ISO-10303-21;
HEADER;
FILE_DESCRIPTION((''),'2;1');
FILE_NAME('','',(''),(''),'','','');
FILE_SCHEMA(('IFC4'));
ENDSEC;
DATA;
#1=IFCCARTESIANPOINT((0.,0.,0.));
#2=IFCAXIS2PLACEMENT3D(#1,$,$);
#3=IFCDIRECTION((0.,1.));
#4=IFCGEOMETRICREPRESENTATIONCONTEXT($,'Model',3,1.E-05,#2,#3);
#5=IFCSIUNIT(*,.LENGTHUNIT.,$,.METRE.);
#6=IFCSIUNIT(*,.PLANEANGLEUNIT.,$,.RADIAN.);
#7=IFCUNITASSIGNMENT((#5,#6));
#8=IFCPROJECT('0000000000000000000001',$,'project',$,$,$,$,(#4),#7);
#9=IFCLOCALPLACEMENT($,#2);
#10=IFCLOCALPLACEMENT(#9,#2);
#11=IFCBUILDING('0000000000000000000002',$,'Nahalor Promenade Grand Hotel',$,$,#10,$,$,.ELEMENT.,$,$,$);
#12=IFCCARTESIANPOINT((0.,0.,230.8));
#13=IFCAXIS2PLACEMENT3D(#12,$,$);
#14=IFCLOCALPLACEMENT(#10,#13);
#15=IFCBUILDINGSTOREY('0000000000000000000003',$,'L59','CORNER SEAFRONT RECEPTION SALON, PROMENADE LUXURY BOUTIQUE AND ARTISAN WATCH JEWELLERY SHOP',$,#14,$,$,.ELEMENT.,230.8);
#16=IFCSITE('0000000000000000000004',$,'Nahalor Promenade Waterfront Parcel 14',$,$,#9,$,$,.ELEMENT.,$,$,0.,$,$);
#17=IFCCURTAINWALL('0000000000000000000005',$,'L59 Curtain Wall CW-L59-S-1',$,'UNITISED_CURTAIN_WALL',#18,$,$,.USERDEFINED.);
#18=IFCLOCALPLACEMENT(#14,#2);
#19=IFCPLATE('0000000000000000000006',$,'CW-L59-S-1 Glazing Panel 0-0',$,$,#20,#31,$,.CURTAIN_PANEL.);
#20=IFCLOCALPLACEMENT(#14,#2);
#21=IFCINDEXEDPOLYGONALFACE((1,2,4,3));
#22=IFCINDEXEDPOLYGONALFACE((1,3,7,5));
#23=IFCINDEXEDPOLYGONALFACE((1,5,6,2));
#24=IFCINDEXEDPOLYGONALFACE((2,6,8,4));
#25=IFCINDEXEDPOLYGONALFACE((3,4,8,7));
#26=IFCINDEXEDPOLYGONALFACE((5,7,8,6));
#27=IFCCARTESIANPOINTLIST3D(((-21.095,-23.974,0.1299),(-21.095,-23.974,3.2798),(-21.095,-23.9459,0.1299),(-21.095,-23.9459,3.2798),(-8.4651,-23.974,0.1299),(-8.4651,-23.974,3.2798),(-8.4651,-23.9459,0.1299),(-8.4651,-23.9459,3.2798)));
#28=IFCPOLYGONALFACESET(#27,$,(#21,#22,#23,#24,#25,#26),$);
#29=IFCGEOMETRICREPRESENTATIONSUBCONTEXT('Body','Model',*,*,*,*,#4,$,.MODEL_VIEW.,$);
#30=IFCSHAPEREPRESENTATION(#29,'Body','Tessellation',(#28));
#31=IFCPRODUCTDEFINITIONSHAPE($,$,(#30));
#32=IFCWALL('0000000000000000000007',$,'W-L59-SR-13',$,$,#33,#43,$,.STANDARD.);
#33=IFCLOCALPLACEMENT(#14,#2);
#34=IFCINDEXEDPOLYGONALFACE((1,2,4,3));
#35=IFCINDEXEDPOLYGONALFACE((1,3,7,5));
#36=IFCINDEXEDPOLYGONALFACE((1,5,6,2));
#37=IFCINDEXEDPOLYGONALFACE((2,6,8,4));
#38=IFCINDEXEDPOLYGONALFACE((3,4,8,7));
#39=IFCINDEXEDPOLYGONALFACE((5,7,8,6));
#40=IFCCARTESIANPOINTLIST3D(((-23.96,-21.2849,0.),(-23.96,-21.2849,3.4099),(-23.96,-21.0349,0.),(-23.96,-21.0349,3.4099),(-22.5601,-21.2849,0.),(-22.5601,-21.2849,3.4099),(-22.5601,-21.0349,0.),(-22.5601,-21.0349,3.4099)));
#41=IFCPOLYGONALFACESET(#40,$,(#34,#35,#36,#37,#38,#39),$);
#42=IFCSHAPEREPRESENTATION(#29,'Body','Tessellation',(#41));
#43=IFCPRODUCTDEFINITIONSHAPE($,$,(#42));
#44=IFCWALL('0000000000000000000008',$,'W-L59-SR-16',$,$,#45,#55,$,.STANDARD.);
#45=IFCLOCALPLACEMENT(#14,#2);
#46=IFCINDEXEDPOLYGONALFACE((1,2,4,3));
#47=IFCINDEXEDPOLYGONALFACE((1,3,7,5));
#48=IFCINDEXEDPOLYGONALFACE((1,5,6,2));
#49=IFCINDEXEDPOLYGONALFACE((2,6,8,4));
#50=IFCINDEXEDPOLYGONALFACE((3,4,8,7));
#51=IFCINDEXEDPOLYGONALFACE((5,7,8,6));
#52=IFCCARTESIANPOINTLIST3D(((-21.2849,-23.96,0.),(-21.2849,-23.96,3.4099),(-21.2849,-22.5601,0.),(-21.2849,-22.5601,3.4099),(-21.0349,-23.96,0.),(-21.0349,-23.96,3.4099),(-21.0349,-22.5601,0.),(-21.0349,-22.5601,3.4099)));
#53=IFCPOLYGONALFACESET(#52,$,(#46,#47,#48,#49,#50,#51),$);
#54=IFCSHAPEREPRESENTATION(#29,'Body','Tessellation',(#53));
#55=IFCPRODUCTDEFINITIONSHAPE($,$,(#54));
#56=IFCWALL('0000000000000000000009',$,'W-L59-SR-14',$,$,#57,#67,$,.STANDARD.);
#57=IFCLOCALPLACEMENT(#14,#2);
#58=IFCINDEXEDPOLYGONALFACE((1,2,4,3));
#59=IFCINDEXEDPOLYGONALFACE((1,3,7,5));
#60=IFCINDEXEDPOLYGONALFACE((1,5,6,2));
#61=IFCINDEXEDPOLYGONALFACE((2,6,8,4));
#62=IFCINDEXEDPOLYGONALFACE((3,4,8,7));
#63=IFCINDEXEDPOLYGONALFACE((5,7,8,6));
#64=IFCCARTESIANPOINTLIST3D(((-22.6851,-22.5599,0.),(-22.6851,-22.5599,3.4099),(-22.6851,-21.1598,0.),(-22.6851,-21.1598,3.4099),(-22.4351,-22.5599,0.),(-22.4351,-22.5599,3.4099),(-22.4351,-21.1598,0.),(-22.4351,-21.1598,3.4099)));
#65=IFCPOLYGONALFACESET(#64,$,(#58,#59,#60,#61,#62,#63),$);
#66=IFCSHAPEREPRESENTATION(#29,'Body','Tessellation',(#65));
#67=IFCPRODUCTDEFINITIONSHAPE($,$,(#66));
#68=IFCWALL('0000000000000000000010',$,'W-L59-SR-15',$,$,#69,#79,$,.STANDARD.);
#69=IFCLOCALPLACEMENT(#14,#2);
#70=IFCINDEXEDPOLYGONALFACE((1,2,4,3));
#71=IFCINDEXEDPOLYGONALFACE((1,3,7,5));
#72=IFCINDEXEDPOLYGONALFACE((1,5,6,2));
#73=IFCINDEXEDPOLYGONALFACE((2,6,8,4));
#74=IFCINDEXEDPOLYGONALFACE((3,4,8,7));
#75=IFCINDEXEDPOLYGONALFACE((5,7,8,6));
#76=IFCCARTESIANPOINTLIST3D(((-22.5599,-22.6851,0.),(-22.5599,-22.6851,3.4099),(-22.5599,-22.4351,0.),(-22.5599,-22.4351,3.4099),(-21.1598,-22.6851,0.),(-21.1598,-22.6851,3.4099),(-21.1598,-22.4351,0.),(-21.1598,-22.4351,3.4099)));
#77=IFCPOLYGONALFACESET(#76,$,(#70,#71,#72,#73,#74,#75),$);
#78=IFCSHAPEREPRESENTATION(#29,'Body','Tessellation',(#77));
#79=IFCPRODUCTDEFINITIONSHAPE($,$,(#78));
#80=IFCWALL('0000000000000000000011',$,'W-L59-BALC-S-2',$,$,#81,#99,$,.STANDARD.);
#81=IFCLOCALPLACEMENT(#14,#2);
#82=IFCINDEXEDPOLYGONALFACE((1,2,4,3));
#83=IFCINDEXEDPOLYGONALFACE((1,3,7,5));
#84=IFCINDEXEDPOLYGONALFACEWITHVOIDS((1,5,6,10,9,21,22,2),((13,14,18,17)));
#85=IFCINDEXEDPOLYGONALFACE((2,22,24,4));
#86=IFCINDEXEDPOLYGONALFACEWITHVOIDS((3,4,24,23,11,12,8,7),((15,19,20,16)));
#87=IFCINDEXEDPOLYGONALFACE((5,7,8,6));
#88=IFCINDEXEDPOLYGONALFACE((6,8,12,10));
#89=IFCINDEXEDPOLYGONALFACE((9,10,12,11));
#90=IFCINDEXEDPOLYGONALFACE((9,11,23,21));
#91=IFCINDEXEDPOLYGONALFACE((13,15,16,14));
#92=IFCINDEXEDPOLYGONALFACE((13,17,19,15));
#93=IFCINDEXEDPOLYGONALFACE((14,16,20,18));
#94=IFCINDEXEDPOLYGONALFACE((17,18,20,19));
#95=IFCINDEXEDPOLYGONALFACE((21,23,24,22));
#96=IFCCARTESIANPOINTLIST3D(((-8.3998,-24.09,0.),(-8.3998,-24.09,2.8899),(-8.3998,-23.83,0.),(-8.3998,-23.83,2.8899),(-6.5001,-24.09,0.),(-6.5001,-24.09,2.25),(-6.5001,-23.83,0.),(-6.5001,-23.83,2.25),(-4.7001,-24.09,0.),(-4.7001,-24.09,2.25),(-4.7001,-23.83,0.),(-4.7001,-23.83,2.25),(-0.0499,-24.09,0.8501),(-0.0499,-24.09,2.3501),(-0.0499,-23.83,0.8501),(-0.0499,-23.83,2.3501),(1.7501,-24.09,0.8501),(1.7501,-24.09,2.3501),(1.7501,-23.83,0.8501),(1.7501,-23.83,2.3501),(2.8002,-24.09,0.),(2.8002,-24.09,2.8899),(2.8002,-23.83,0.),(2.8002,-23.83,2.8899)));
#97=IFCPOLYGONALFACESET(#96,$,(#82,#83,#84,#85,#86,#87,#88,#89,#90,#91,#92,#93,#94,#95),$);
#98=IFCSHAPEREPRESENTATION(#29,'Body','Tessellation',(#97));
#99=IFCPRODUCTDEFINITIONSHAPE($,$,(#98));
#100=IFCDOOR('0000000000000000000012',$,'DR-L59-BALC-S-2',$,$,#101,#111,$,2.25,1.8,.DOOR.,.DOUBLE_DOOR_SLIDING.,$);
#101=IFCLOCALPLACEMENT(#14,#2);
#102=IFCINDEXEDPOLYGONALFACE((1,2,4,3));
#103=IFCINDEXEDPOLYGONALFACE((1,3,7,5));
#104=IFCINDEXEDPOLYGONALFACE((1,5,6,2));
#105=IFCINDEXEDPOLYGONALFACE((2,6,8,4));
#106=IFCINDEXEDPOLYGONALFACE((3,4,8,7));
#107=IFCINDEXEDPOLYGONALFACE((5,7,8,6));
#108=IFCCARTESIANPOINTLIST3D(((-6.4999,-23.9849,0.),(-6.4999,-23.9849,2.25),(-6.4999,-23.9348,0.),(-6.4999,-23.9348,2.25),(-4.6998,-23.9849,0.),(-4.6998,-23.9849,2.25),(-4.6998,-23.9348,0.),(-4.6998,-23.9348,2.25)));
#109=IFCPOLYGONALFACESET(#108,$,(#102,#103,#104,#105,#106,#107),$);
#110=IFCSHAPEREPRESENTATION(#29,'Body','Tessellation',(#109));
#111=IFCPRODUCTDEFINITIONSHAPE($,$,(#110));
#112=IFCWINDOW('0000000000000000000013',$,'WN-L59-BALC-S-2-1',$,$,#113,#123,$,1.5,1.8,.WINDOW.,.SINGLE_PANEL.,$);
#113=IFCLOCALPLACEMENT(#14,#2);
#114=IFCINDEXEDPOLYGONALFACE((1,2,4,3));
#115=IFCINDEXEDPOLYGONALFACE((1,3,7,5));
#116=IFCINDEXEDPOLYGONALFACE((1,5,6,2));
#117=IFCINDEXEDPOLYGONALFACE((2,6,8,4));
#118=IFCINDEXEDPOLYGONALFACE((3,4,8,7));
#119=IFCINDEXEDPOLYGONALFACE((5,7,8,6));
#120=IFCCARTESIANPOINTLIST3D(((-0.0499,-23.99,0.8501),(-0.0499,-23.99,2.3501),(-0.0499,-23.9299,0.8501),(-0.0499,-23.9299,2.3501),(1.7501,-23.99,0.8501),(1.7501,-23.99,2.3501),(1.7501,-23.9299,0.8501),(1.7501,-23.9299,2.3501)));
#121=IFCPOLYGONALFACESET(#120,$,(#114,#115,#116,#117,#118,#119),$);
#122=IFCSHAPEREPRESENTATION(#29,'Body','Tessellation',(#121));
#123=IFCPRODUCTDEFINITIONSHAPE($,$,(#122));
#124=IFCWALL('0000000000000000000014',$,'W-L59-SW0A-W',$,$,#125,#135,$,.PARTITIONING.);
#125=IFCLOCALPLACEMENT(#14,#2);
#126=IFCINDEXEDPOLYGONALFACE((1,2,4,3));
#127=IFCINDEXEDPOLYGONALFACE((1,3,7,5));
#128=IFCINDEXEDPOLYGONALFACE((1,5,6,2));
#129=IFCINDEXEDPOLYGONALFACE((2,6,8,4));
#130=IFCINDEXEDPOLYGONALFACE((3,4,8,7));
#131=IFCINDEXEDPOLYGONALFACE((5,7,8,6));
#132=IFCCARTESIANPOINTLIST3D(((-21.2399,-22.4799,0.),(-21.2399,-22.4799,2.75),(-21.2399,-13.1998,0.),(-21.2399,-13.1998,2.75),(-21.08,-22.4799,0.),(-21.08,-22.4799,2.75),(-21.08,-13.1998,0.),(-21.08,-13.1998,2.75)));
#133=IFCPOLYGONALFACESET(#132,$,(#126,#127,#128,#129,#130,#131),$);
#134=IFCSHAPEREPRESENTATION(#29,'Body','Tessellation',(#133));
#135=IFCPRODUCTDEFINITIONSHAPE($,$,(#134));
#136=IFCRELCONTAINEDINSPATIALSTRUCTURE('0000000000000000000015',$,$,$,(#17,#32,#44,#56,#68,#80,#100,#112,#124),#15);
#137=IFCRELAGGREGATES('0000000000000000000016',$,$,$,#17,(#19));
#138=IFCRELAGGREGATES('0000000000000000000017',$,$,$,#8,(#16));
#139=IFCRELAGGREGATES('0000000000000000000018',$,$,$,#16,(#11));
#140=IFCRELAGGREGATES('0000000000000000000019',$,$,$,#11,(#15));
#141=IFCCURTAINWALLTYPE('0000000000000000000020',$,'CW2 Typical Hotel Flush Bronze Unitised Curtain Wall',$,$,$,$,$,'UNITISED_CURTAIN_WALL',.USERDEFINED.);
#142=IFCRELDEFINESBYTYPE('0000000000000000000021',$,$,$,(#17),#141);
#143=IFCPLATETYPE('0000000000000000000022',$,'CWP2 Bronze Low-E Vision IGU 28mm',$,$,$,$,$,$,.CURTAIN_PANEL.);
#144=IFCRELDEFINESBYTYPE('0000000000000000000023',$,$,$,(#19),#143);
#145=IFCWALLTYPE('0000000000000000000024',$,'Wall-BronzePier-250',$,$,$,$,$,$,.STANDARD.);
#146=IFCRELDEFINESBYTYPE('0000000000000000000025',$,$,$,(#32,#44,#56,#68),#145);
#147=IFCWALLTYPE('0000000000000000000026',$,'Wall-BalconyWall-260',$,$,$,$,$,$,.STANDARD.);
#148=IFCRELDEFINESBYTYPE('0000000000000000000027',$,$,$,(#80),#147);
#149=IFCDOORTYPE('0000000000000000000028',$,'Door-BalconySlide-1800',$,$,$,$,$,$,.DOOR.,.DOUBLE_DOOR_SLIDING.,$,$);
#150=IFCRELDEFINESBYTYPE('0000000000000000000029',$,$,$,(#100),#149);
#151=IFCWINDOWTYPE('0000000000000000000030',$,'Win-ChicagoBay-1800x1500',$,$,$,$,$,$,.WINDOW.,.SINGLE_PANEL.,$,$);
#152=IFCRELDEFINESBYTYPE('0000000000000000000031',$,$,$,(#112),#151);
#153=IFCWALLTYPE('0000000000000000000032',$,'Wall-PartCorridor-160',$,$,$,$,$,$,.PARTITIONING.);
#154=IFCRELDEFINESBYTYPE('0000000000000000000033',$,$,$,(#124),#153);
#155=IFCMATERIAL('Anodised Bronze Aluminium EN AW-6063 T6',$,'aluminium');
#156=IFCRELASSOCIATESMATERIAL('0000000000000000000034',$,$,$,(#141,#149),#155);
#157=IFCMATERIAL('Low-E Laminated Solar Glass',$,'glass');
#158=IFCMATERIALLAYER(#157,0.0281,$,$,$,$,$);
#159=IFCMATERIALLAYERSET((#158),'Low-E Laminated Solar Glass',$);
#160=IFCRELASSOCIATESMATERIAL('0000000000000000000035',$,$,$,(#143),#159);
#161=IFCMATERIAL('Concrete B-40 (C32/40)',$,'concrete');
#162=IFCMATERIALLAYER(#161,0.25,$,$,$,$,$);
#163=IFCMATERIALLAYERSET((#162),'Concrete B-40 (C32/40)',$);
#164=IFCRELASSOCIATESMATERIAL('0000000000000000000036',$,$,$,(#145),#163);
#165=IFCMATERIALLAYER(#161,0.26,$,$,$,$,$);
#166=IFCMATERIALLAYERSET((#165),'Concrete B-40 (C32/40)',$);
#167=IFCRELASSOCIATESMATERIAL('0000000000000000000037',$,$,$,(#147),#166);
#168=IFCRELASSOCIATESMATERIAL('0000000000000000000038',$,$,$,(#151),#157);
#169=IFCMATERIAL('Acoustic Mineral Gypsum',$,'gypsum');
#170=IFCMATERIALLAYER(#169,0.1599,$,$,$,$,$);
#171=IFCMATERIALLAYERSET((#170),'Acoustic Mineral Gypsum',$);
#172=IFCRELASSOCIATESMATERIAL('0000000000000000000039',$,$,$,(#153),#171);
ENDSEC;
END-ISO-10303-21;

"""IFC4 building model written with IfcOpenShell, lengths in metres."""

from ifc_helpers import new_model, si_unit, direction, frame, frame_2d, origin, origin_2d, place, context, subcontext, project, spatial, rectangle, extrude, source, transform, mapped, material, layer, layer_set, type_object, element, fill, aggregate, save


model = new_model("IFC4")

# Units and contexts
model_context = context("Model", 3, precision=1e-05, world=origin(), true_north=direction((0.0, 1.0)))
body_context = subcontext(model_context, "Body", "Model", "MODEL_VIEW")
ifc_project = project(units=[si_unit("LENGTHUNIT", "METRE"), si_unit("PLANEANGLEUNIT", "RADIAN")], contexts=[model_context])

# Site, building, storey
site_placement = place(None, origin())
site = spatial("IfcSite", under=ifc_project, at=site_placement, Name="Nahalor Promenade Waterfront Parcel 14", CompositionType="ELEMENT", RefElevation=0.0)
building_placement = place(site_placement, origin())
building = spatial("IfcBuilding", under=site, at=building_placement, Name="Nahalor Promenade Grand Hotel", CompositionType="ELEMENT")
storey_placement = place(building_placement, frame((0.0, 0.0, 230.8)))
storey = spatial("IfcBuildingStorey", under=building, at=storey_placement, Name="L59", Description="CORNER SEAFRONT RECEPTION SALON, PROMENADE LUXURY BOUTIQUE AND ARTISAN WATCH JEWELLERY SHOP", CompositionType="ELEMENT", Elevation=230.8)

# Curtain wall
ifc_material_1 = material(Name="Anodised Bronze Aluminium EN AW-6063 T6", Category="aluminium")
curtain_wall_type = type_object("IfcCurtainWallType", Name="CW2 Typical Hotel Flush Bronze Unitised Curtain Wall", ElementType="UNITISED_CURTAIN_WALL", PredefinedType="USERDEFINED", material=ifc_material_1)
curtain_wall_1_placement = place(storey_placement, origin())
curtain_wall_1 = element("IfcCurtainWall", 1, at=curtain_wall_1_placement, inside=storey, type_object=curtain_wall_type, Name="L59 Curtain Wall CW-L59-S-1", ObjectType="UNITISED_CURTAIN_WALL", PredefinedType="USERDEFINED")

# Plate
ifc_material_2 = material(Name="Low-E Laminated Solar Glass", Category="glass")
ifc_layer_1 = layer(ifc_material_2, 0.0281)
ifc_layer_set_1 = layer_set([ifc_layer_1], Name="Low-E Laminated Solar Glass")
plate_type = type_object("IfcPlateType", Name="CWP2 Bronze Low-E Vision IGU 28mm", PredefinedType="CURTAIN_PANEL", material=ifc_layer_set_1)
shared_shape_1 = source(origin(), body_context, "Body", "SweptSolid", [
    extrude(rectangle(XDim=12.6299, YDim=0.0281, at=origin_2d()), origin(), (0.0, 0.0, 1.0), 3.1499),
])
plate_1_placement = place(storey_placement, frame((-14.78, -23.96, 0.1299), z_axis=(0.0, 0.0, 1.0), x_axis=(1.0, 0.0, 0.0)))
plate_1 = element("IfcPlate", 2, at=plate_1_placement, type_object=plate_type, Name="CW-L59-S-1 Glazing Panel 0-0", PredefinedType="CURTAIN_PANEL", context=body_context, shape_type="MappedRepresentation", body=[
    mapped(shared_shape_1, transform((0.0, 0.0, 0.0), scale=1.0)),
])
aggregate(curtain_wall_1, [plate_1])

# Walls
ifc_material_3 = material(Name="Concrete B-40 (C32/40)", Category="concrete")
ifc_layer_2 = layer(ifc_material_3, 0.25)
ifc_layer_set_2 = layer_set([ifc_layer_2], Name="Concrete B-40 (C32/40)")
wall_type_1 = type_object("IfcWallType", Name="Wall-BronzePier-250", PredefinedType="STANDARD", material=ifc_layer_set_2)
shared_shape_2 = source(origin(), body_context, "Body", "SweptSolid", [
    extrude(rectangle(XDim=1.3999, YDim=0.25, at=frame_2d((0.7, 0.0))), origin(), (0.0, 0.0, 1.0), 3.4099),
])
for number, where, z_axis, x_axis, name in (
    (3, (-23.96, -21.1599, 0.0), (0.0, 0.0, 1.0), (1.0, 0.0, 0.0), "W-L59-SR-13"),
    (4, (-21.1599, -23.96, 0.0), (0.0, 0.0, 1.0), (0.0, 1.0, 0.0), "W-L59-SR-16"),
):
    element("IfcWall", number, at=place(storey_placement, frame(where, z_axis=z_axis, x_axis=x_axis)), inside=storey, type_object=wall_type_1, Name=name, PredefinedType="STANDARD", context=body_context, shape_type="MappedRepresentation", body=[
        mapped(shared_shape_2, transform((0.0, 0.0, 0.0), scale=1.0)),
    ])
shared_shape_3 = source(origin(), body_context, "Body", "SweptSolid", [
    extrude(rectangle(XDim=1.4001, YDim=0.25, at=frame_2d((0.7002, 0.0))), origin(), (0.0, 0.0, 1.0), 3.4099),
])
for number, where, z_axis, x_axis, name in (
    (5, (-22.5601, -22.5601, 0.0), (0.0, 0.0, 1.0), (0.0, 1.0, 0.0), "W-L59-SR-14"),
    (6, (-22.5601, -22.5601, 0.0), (0.0, 0.0, 1.0), (1.0, 0.0, 0.0), "W-L59-SR-15"),
):
    element("IfcWall", number, at=place(storey_placement, frame(where, z_axis=z_axis, x_axis=x_axis)), inside=storey, type_object=wall_type_1, Name=name, PredefinedType="STANDARD", context=body_context, shape_type="MappedRepresentation", body=[
        mapped(shared_shape_3, transform((0.0, 0.0, 0.0), scale=1.0)),
    ])

# Wall, openings, door, window
ifc_layer_3 = layer(ifc_material_3, 0.26)
ifc_layer_set_3 = layer_set([ifc_layer_3], Name="Concrete B-40 (C32/40)")
wall_type_2 = type_object("IfcWallType", Name="Wall-BalconyWall-260", PredefinedType="STANDARD", material=ifc_layer_set_3)
shared_shape_4 = source(origin(), body_context, "Body", "SweptSolid", [
    extrude(rectangle(XDim=11.2, YDim=0.26, at=frame_2d((5.6001, 0.0))), origin(), (0.0, 0.0, 1.0), 2.8899),
])
wall_1_placement = place(storey_placement, frame((-8.3999, -23.96, 0.0), z_axis=(0.0, 0.0, 1.0), x_axis=(1.0, 0.0, 0.0)))
wall_1 = element("IfcWall", 7, at=wall_1_placement, inside=storey, type_object=wall_type_2, Name="W-L59-BALC-S-2", PredefinedType="STANDARD", context=body_context, shape_type="MappedRepresentation", body=[
    mapped(shared_shape_4, transform((0.0, 0.0, 0.0), scale=1.0)),
])
opening_1_placement = place(wall_1_placement, frame((1.8999, 0.0, 0.0)))
opening_1 = element("IfcOpeningElement", 8, at=opening_1_placement, cuts=wall_1, PredefinedType="OPENING", context=body_context, shape_type="SweptSolid", body=[
    extrude(rectangle(XDim=1.8, YDim=2.25, at=frame_2d((0.8999, 1.125))), frame((0.0, 0.1399, 0.0), z_axis=(0.0, -1.0, 0.0), x_axis=(1.0, 0.0, 0.0)), (0.0, 0.0, 1.0), 0.28),
])
opening_2_placement = place(wall_1_placement, frame((8.3501, 0.0, 0.8501)))
opening_2 = element("IfcOpeningElement", 9, at=opening_2_placement, cuts=wall_1, PredefinedType="OPENING", context=body_context, shape_type="SweptSolid", body=[
    extrude(rectangle(XDim=1.8, YDim=1.5, at=frame_2d((0.8999, 0.75))), frame((0.0, 0.1399, 0.0), z_axis=(0.0, -1.0, 0.0), x_axis=(1.0, 0.0, 0.0)), (0.0, 0.0, 1.0), 0.28),
])
door_type = type_object("IfcDoorType", Name="Door-BalconySlide-1800", OperationType="DOUBLE_DOOR_SLIDING", PredefinedType="DOOR", material=ifc_material_1)
shared_shape_5 = source(origin(), body_context, "Body", "SweptSolid", [
    extrude(rectangle(XDim=1.8, YDim=2.25, at=frame_2d((0.8999, 1.125))), frame((0.0, 0.0249, 0.0), z_axis=(0.0, -1.0, 0.0), x_axis=(1.0, 0.0, 0.0)), (0.0, 0.0, 1.0), 0.05),
])
door_placement = place(opening_1_placement, frame((1.8, 0.0, 0.0), z_axis=(0.0, 0.0, 1.0), x_axis=(-1.0, 0.0, 0.0)))
door = element("IfcDoor", 10, at=door_placement, inside=storey, type_object=door_type, Name="DR-L59-BALC-S-2", OperationType="DOUBLE_DOOR_SLIDING", OverallHeight=2.25, OverallWidth=1.8, PredefinedType="DOOR", context=body_context, shape_type="MappedRepresentation", body=[
    mapped(shared_shape_5, transform((0.0, 0.0, 0.0), scale=1.0)),
])
fill(opening_1, door)
window_type = type_object("IfcWindowType", Name="Win-ChicagoBay-1800x1500", PartitioningType="SINGLE_PANEL", PredefinedType="WINDOW", material=ifc_material_2)
shared_shape_6 = source(origin(), body_context, "Body", "SweptSolid", [
    extrude(rectangle(XDim=1.8, YDim=1.5, at=frame_2d((0.8999, 0.75))), frame((0.0, 0.03, 0.0), z_axis=(0.0, -1.0, 0.0), x_axis=(1.0, 0.0, 0.0)), (0.0, 0.0, 1.0), 0.0601),
])
window_placement = place(opening_2_placement, origin())
window = element("IfcWindow", 11, at=window_placement, inside=storey, type_object=window_type, Name="WN-L59-BALC-S-2-1", OverallHeight=1.5, OverallWidth=1.8, PartitioningType="SINGLE_PANEL", PredefinedType="WINDOW", context=body_context, shape_type="MappedRepresentation", body=[
    mapped(shared_shape_6, transform((0.0, 0.0, 0.0), scale=1.0)),
])
fill(opening_2, window)

# Wall
ifc_material_4 = material(Name="Acoustic Mineral Gypsum", Category="gypsum")
ifc_layer_4 = layer(ifc_material_4, 0.1599)
ifc_layer_set_4 = layer_set([ifc_layer_4], Name="Acoustic Mineral Gypsum")
wall_type_3 = type_object("IfcWallType", Name="Wall-PartCorridor-160", PredefinedType="PARTITIONING", material=ifc_layer_set_4)
shared_shape_7 = source(origin(), body_context, "Body", "SweptSolid", [
    extrude(rectangle(XDim=9.28, YDim=0.1599, at=frame_2d((4.6401, 0.0))), origin(), (0.0, 0.0, 1.0), 2.75),
])
wall_2_placement = place(storey_placement, frame((-21.1599, -22.48, 0.0), z_axis=(0.0, 0.0, 1.0), x_axis=(0.0, 1.0, 0.0)))
element("IfcWall", 12, at=wall_2_placement, inside=storey, type_object=wall_type_3, Name="W-L59-SW0A-W", PredefinedType="PARTITIONING", context=body_context, shape_type="MappedRepresentation", body=[
    mapped(shared_shape_7, transform((0.0, 0.0, 0.0), scale=1.0)),
])

save(model, "model.ifc")
